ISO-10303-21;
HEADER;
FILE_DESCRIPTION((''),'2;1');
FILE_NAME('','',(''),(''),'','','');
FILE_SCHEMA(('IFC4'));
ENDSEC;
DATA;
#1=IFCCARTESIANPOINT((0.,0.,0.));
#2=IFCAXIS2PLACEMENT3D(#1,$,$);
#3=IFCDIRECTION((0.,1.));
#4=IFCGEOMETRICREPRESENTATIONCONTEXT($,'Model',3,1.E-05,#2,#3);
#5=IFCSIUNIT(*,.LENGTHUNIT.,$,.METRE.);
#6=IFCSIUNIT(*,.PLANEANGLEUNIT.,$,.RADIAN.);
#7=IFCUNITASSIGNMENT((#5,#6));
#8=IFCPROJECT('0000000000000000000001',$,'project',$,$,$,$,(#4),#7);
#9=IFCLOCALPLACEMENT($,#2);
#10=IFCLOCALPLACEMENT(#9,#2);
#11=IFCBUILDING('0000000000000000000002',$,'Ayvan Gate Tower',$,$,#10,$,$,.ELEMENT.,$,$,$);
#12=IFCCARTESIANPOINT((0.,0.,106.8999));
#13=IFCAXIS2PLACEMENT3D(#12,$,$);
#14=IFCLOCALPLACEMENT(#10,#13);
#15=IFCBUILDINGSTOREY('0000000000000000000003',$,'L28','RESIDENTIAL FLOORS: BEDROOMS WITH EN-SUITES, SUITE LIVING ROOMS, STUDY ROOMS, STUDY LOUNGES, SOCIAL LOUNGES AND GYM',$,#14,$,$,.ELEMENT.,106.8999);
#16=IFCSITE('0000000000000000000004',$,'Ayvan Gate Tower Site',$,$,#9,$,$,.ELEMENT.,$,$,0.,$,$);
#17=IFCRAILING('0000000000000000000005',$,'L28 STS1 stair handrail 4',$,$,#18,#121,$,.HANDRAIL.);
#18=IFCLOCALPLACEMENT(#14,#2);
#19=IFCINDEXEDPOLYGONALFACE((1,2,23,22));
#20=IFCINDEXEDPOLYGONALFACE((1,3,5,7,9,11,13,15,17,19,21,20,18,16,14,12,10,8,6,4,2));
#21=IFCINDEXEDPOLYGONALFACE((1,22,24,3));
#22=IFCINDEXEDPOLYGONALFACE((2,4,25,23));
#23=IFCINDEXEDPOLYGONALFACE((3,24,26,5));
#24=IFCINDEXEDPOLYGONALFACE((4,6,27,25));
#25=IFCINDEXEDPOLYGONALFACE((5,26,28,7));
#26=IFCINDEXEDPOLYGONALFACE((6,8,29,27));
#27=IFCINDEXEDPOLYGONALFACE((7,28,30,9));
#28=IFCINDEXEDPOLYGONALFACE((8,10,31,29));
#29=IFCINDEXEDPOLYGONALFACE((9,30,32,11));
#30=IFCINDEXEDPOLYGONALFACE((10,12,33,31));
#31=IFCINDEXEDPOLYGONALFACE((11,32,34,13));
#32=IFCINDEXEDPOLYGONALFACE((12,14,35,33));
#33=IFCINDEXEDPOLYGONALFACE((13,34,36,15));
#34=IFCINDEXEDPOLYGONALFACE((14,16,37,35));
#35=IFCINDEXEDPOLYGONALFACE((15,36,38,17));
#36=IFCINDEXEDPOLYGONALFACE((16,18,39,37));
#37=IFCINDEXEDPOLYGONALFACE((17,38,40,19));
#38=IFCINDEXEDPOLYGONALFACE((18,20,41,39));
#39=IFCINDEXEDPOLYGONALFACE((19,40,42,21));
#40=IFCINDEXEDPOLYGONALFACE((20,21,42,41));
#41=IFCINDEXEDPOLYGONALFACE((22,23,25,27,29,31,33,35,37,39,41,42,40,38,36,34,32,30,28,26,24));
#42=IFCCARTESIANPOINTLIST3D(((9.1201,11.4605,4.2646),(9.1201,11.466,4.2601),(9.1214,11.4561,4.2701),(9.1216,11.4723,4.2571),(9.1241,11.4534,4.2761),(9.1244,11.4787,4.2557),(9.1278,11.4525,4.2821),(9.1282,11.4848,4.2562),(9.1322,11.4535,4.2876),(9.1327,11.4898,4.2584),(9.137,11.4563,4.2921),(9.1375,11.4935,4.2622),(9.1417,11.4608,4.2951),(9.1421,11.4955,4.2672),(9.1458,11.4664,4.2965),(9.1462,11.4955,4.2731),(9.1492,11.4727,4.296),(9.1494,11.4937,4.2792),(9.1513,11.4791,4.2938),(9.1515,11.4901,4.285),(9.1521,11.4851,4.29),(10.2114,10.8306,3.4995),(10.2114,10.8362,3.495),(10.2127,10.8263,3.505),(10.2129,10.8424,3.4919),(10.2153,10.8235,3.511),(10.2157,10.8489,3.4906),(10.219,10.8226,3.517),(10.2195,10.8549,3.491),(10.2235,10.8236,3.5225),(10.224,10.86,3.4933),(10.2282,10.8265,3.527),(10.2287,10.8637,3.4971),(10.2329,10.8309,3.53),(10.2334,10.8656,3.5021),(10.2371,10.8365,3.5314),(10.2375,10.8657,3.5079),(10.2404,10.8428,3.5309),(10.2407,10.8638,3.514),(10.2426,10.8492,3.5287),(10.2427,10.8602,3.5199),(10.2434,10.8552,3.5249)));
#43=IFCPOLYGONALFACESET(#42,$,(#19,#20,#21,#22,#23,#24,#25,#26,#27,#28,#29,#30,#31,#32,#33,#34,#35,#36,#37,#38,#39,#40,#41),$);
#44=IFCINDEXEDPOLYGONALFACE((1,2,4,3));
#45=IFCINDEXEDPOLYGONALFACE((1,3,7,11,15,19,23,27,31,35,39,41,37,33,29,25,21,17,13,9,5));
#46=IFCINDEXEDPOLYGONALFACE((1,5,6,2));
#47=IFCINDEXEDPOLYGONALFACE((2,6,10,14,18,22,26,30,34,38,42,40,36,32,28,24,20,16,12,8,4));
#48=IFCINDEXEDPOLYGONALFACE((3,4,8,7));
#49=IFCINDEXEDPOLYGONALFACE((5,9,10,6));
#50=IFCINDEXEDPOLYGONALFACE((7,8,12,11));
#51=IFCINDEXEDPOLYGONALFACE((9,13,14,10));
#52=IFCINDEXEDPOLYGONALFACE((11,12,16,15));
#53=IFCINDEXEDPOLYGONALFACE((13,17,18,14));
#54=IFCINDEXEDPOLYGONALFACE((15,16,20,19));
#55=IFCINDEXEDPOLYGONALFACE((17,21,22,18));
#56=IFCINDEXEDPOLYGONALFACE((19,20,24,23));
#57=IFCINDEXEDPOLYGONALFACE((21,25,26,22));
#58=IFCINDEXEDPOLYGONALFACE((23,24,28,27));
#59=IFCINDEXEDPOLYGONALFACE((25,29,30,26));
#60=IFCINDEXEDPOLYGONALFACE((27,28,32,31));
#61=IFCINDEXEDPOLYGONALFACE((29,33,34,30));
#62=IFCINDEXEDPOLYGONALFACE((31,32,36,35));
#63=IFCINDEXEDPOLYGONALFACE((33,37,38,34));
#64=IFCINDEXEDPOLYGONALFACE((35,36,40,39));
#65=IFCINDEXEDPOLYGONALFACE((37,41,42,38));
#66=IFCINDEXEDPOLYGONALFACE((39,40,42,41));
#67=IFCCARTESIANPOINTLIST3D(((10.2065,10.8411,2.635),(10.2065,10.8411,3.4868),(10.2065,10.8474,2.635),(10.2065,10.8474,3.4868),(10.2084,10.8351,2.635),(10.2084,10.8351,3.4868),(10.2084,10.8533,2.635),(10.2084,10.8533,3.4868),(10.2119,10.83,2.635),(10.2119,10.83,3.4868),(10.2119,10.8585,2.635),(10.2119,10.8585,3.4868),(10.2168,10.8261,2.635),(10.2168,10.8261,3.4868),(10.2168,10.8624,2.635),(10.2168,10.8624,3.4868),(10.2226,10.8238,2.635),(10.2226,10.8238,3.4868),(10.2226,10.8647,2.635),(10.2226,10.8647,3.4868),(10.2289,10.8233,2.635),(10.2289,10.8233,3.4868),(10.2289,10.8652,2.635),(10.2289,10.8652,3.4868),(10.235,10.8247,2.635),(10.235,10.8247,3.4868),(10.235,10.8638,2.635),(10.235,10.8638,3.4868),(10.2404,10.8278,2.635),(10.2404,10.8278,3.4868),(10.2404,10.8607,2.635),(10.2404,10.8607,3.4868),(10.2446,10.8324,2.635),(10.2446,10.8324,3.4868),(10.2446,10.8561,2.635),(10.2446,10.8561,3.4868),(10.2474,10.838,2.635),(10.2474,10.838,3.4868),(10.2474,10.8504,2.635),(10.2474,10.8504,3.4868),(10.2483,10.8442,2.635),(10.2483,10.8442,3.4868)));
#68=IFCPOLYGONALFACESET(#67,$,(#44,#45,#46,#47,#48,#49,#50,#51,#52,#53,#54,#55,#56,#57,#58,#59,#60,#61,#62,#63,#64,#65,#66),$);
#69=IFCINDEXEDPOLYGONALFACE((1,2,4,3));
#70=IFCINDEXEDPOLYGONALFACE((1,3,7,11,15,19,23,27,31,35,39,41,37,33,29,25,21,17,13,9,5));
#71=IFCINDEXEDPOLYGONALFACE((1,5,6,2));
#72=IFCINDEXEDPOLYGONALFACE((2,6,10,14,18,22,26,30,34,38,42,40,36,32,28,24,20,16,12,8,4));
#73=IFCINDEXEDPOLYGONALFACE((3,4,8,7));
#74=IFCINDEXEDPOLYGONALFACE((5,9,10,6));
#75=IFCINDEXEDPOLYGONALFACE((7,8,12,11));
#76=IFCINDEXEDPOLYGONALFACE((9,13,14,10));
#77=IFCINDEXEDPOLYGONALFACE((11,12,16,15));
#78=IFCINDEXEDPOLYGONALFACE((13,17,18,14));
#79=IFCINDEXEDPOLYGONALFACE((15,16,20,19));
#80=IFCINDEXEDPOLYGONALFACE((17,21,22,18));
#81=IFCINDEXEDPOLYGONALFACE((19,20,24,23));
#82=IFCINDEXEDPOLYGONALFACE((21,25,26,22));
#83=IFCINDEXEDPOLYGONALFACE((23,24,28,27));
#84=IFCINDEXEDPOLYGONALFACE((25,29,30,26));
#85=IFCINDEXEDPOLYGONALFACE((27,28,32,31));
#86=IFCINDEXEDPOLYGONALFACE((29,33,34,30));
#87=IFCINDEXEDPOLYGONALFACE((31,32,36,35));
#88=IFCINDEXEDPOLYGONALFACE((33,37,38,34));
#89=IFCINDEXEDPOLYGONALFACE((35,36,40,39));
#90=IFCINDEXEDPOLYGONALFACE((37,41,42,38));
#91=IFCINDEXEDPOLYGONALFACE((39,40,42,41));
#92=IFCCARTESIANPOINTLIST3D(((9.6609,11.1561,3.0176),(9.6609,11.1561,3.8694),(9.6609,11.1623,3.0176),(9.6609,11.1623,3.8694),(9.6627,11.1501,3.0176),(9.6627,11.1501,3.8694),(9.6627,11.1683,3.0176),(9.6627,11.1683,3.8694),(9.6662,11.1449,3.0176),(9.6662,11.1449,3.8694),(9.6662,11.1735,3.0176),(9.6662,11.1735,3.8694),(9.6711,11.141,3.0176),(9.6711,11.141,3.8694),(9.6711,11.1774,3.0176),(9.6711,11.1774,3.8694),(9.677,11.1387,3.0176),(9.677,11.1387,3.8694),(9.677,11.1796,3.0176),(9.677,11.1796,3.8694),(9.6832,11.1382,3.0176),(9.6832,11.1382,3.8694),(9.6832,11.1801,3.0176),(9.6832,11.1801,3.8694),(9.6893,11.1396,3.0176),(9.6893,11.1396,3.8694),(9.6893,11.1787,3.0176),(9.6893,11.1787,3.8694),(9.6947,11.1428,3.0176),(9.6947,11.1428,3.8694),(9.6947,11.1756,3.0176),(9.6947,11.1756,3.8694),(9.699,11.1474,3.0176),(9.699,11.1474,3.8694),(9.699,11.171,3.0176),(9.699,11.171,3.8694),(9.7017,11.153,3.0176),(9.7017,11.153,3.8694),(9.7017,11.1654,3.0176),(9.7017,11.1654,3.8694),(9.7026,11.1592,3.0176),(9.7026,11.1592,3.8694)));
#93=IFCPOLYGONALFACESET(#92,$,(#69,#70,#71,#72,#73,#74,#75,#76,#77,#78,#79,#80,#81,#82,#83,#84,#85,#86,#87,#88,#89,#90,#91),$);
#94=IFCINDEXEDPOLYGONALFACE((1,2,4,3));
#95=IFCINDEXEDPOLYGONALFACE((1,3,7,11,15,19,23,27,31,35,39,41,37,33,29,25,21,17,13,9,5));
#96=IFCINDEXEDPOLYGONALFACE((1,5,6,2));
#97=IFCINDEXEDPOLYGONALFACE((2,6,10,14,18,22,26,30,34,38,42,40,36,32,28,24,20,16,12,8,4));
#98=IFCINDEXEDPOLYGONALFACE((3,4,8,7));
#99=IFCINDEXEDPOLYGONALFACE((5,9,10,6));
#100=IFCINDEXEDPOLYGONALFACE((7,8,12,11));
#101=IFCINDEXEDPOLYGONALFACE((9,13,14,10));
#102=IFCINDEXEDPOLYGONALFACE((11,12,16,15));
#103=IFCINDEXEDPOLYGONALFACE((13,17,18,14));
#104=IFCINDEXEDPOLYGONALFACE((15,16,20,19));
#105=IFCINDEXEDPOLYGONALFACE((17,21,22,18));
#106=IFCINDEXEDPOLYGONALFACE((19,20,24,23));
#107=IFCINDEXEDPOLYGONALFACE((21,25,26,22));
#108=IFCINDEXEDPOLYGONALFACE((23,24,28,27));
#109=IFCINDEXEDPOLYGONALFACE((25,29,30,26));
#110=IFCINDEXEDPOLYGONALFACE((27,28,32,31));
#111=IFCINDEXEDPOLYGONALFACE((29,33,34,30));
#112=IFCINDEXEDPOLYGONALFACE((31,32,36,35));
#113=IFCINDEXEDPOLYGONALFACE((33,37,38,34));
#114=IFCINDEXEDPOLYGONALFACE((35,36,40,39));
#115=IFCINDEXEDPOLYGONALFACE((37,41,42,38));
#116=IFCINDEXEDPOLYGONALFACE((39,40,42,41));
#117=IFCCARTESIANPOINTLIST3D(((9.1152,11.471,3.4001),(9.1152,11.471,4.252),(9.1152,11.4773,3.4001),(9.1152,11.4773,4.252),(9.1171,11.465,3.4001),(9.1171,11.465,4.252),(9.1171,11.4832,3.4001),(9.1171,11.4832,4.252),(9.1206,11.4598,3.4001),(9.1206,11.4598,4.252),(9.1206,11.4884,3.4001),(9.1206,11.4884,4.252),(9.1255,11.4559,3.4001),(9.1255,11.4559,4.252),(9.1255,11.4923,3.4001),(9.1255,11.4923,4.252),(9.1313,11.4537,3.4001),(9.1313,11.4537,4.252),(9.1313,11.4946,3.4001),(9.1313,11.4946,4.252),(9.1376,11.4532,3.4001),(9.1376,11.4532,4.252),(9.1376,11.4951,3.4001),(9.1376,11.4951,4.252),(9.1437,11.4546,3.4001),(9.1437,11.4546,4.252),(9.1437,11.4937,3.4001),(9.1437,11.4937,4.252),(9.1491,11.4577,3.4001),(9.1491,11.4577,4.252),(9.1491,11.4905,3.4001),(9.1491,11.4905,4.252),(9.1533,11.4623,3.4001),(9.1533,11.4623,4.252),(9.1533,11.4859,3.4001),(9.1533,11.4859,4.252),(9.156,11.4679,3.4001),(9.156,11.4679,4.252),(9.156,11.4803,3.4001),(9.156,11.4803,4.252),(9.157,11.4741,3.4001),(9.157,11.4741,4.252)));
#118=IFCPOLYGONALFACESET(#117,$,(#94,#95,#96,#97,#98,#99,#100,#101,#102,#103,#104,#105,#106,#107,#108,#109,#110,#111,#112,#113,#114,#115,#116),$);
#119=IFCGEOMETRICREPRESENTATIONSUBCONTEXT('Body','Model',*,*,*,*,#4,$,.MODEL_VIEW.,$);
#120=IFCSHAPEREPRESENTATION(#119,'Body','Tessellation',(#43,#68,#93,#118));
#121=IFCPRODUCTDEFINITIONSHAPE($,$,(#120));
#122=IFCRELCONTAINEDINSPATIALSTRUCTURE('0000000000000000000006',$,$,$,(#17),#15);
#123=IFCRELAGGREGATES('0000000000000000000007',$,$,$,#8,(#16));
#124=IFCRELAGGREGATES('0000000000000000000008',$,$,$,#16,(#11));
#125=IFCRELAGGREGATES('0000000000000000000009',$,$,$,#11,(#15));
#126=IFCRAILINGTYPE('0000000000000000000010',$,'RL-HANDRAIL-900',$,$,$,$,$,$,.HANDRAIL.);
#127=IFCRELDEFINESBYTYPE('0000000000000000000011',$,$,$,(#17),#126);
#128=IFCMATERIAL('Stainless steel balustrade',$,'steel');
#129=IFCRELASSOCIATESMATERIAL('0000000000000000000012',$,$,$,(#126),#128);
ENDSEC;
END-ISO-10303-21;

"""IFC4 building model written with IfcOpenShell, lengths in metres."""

from ifc_helpers import new_model, si_unit, direction, frame, origin, origin_2d, place, context, subcontext, project, spatial, circle, extrude, material, type_object, element, save


model = new_model("IFC4")

# Units and contexts
model_context = context("Model", 3, precision=1e-05, world=origin(), true_north=direction((0.0, 1.0)))
body_context = subcontext(model_context, "Body", "Model", "MODEL_VIEW")
ifc_project = project(units=[si_unit("LENGTHUNIT", "METRE"), si_unit("PLANEANGLEUNIT", "RADIAN")], contexts=[model_context])

# Site, building, storey
site_placement = place(None, origin())
site = spatial("IfcSite", under=ifc_project, at=site_placement, Name="Ayvan Gate Tower Site", CompositionType="ELEMENT", RefElevation=0.0)
building_placement = place(site_placement, origin())
building = spatial("IfcBuilding", under=site, at=building_placement, Name="Ayvan Gate Tower", CompositionType="ELEMENT")
storey_placement = place(building_placement, frame((0.0, 0.0, 106.8999)))
storey = spatial("IfcBuildingStorey", under=building, at=storey_placement, Name="L28", Description="RESIDENTIAL FLOORS: BEDROOMS WITH EN-SUITES, SUITE LIVING ROOMS, STUDY ROOMS, STUDY LOUNGES, SOCIAL LOUNGES AND GYM", CompositionType="ELEMENT", Elevation=106.8999)

# Railing
ifc_material_1 = material(Name="Stainless steel balustrade", Category="steel")
railing_type = type_object("IfcRailingType", Name="RL-HANDRAIL-900", PredefinedType="HANDRAIL", material=ifc_material_1)
railing_placement = place(storey_placement, frame((10.2273, 10.8442, 2.635)))
element("IfcRailing", 1, at=railing_placement, inside=storey, type_object=railing_type, Name="L28 STS1 stair handrail 4", PredefinedType="HANDRAIL", context=body_context, shape_type="SweptSolid", body=[
    extrude(circle(Radius=0.0239, at=origin_2d()), frame((0.0, 0.0, 0.876), z_axis=(-0.740293, 0.427283, 0.519033), x_axis=(-0.49989, -0.866089, 0.0)), (0.0, 0.0, 1.0), 1.4741),
    extrude(circle(Radius=0.021, at=origin_2d()), origin(), (0.0, 0.0, 1.0), 0.8518),
    extrude(circle(Radius=0.021, at=origin_2d()), frame((-0.5457, 0.3149, 0.3826)), (0.0, 0.0, 1.0), 0.8518),
    extrude(circle(Radius=0.021, at=origin_2d()), frame((-1.0913, 0.6299, 0.7651)), (0.0, 0.0, 1.0), 0.8518),
])

save(model, "model.ifc")
